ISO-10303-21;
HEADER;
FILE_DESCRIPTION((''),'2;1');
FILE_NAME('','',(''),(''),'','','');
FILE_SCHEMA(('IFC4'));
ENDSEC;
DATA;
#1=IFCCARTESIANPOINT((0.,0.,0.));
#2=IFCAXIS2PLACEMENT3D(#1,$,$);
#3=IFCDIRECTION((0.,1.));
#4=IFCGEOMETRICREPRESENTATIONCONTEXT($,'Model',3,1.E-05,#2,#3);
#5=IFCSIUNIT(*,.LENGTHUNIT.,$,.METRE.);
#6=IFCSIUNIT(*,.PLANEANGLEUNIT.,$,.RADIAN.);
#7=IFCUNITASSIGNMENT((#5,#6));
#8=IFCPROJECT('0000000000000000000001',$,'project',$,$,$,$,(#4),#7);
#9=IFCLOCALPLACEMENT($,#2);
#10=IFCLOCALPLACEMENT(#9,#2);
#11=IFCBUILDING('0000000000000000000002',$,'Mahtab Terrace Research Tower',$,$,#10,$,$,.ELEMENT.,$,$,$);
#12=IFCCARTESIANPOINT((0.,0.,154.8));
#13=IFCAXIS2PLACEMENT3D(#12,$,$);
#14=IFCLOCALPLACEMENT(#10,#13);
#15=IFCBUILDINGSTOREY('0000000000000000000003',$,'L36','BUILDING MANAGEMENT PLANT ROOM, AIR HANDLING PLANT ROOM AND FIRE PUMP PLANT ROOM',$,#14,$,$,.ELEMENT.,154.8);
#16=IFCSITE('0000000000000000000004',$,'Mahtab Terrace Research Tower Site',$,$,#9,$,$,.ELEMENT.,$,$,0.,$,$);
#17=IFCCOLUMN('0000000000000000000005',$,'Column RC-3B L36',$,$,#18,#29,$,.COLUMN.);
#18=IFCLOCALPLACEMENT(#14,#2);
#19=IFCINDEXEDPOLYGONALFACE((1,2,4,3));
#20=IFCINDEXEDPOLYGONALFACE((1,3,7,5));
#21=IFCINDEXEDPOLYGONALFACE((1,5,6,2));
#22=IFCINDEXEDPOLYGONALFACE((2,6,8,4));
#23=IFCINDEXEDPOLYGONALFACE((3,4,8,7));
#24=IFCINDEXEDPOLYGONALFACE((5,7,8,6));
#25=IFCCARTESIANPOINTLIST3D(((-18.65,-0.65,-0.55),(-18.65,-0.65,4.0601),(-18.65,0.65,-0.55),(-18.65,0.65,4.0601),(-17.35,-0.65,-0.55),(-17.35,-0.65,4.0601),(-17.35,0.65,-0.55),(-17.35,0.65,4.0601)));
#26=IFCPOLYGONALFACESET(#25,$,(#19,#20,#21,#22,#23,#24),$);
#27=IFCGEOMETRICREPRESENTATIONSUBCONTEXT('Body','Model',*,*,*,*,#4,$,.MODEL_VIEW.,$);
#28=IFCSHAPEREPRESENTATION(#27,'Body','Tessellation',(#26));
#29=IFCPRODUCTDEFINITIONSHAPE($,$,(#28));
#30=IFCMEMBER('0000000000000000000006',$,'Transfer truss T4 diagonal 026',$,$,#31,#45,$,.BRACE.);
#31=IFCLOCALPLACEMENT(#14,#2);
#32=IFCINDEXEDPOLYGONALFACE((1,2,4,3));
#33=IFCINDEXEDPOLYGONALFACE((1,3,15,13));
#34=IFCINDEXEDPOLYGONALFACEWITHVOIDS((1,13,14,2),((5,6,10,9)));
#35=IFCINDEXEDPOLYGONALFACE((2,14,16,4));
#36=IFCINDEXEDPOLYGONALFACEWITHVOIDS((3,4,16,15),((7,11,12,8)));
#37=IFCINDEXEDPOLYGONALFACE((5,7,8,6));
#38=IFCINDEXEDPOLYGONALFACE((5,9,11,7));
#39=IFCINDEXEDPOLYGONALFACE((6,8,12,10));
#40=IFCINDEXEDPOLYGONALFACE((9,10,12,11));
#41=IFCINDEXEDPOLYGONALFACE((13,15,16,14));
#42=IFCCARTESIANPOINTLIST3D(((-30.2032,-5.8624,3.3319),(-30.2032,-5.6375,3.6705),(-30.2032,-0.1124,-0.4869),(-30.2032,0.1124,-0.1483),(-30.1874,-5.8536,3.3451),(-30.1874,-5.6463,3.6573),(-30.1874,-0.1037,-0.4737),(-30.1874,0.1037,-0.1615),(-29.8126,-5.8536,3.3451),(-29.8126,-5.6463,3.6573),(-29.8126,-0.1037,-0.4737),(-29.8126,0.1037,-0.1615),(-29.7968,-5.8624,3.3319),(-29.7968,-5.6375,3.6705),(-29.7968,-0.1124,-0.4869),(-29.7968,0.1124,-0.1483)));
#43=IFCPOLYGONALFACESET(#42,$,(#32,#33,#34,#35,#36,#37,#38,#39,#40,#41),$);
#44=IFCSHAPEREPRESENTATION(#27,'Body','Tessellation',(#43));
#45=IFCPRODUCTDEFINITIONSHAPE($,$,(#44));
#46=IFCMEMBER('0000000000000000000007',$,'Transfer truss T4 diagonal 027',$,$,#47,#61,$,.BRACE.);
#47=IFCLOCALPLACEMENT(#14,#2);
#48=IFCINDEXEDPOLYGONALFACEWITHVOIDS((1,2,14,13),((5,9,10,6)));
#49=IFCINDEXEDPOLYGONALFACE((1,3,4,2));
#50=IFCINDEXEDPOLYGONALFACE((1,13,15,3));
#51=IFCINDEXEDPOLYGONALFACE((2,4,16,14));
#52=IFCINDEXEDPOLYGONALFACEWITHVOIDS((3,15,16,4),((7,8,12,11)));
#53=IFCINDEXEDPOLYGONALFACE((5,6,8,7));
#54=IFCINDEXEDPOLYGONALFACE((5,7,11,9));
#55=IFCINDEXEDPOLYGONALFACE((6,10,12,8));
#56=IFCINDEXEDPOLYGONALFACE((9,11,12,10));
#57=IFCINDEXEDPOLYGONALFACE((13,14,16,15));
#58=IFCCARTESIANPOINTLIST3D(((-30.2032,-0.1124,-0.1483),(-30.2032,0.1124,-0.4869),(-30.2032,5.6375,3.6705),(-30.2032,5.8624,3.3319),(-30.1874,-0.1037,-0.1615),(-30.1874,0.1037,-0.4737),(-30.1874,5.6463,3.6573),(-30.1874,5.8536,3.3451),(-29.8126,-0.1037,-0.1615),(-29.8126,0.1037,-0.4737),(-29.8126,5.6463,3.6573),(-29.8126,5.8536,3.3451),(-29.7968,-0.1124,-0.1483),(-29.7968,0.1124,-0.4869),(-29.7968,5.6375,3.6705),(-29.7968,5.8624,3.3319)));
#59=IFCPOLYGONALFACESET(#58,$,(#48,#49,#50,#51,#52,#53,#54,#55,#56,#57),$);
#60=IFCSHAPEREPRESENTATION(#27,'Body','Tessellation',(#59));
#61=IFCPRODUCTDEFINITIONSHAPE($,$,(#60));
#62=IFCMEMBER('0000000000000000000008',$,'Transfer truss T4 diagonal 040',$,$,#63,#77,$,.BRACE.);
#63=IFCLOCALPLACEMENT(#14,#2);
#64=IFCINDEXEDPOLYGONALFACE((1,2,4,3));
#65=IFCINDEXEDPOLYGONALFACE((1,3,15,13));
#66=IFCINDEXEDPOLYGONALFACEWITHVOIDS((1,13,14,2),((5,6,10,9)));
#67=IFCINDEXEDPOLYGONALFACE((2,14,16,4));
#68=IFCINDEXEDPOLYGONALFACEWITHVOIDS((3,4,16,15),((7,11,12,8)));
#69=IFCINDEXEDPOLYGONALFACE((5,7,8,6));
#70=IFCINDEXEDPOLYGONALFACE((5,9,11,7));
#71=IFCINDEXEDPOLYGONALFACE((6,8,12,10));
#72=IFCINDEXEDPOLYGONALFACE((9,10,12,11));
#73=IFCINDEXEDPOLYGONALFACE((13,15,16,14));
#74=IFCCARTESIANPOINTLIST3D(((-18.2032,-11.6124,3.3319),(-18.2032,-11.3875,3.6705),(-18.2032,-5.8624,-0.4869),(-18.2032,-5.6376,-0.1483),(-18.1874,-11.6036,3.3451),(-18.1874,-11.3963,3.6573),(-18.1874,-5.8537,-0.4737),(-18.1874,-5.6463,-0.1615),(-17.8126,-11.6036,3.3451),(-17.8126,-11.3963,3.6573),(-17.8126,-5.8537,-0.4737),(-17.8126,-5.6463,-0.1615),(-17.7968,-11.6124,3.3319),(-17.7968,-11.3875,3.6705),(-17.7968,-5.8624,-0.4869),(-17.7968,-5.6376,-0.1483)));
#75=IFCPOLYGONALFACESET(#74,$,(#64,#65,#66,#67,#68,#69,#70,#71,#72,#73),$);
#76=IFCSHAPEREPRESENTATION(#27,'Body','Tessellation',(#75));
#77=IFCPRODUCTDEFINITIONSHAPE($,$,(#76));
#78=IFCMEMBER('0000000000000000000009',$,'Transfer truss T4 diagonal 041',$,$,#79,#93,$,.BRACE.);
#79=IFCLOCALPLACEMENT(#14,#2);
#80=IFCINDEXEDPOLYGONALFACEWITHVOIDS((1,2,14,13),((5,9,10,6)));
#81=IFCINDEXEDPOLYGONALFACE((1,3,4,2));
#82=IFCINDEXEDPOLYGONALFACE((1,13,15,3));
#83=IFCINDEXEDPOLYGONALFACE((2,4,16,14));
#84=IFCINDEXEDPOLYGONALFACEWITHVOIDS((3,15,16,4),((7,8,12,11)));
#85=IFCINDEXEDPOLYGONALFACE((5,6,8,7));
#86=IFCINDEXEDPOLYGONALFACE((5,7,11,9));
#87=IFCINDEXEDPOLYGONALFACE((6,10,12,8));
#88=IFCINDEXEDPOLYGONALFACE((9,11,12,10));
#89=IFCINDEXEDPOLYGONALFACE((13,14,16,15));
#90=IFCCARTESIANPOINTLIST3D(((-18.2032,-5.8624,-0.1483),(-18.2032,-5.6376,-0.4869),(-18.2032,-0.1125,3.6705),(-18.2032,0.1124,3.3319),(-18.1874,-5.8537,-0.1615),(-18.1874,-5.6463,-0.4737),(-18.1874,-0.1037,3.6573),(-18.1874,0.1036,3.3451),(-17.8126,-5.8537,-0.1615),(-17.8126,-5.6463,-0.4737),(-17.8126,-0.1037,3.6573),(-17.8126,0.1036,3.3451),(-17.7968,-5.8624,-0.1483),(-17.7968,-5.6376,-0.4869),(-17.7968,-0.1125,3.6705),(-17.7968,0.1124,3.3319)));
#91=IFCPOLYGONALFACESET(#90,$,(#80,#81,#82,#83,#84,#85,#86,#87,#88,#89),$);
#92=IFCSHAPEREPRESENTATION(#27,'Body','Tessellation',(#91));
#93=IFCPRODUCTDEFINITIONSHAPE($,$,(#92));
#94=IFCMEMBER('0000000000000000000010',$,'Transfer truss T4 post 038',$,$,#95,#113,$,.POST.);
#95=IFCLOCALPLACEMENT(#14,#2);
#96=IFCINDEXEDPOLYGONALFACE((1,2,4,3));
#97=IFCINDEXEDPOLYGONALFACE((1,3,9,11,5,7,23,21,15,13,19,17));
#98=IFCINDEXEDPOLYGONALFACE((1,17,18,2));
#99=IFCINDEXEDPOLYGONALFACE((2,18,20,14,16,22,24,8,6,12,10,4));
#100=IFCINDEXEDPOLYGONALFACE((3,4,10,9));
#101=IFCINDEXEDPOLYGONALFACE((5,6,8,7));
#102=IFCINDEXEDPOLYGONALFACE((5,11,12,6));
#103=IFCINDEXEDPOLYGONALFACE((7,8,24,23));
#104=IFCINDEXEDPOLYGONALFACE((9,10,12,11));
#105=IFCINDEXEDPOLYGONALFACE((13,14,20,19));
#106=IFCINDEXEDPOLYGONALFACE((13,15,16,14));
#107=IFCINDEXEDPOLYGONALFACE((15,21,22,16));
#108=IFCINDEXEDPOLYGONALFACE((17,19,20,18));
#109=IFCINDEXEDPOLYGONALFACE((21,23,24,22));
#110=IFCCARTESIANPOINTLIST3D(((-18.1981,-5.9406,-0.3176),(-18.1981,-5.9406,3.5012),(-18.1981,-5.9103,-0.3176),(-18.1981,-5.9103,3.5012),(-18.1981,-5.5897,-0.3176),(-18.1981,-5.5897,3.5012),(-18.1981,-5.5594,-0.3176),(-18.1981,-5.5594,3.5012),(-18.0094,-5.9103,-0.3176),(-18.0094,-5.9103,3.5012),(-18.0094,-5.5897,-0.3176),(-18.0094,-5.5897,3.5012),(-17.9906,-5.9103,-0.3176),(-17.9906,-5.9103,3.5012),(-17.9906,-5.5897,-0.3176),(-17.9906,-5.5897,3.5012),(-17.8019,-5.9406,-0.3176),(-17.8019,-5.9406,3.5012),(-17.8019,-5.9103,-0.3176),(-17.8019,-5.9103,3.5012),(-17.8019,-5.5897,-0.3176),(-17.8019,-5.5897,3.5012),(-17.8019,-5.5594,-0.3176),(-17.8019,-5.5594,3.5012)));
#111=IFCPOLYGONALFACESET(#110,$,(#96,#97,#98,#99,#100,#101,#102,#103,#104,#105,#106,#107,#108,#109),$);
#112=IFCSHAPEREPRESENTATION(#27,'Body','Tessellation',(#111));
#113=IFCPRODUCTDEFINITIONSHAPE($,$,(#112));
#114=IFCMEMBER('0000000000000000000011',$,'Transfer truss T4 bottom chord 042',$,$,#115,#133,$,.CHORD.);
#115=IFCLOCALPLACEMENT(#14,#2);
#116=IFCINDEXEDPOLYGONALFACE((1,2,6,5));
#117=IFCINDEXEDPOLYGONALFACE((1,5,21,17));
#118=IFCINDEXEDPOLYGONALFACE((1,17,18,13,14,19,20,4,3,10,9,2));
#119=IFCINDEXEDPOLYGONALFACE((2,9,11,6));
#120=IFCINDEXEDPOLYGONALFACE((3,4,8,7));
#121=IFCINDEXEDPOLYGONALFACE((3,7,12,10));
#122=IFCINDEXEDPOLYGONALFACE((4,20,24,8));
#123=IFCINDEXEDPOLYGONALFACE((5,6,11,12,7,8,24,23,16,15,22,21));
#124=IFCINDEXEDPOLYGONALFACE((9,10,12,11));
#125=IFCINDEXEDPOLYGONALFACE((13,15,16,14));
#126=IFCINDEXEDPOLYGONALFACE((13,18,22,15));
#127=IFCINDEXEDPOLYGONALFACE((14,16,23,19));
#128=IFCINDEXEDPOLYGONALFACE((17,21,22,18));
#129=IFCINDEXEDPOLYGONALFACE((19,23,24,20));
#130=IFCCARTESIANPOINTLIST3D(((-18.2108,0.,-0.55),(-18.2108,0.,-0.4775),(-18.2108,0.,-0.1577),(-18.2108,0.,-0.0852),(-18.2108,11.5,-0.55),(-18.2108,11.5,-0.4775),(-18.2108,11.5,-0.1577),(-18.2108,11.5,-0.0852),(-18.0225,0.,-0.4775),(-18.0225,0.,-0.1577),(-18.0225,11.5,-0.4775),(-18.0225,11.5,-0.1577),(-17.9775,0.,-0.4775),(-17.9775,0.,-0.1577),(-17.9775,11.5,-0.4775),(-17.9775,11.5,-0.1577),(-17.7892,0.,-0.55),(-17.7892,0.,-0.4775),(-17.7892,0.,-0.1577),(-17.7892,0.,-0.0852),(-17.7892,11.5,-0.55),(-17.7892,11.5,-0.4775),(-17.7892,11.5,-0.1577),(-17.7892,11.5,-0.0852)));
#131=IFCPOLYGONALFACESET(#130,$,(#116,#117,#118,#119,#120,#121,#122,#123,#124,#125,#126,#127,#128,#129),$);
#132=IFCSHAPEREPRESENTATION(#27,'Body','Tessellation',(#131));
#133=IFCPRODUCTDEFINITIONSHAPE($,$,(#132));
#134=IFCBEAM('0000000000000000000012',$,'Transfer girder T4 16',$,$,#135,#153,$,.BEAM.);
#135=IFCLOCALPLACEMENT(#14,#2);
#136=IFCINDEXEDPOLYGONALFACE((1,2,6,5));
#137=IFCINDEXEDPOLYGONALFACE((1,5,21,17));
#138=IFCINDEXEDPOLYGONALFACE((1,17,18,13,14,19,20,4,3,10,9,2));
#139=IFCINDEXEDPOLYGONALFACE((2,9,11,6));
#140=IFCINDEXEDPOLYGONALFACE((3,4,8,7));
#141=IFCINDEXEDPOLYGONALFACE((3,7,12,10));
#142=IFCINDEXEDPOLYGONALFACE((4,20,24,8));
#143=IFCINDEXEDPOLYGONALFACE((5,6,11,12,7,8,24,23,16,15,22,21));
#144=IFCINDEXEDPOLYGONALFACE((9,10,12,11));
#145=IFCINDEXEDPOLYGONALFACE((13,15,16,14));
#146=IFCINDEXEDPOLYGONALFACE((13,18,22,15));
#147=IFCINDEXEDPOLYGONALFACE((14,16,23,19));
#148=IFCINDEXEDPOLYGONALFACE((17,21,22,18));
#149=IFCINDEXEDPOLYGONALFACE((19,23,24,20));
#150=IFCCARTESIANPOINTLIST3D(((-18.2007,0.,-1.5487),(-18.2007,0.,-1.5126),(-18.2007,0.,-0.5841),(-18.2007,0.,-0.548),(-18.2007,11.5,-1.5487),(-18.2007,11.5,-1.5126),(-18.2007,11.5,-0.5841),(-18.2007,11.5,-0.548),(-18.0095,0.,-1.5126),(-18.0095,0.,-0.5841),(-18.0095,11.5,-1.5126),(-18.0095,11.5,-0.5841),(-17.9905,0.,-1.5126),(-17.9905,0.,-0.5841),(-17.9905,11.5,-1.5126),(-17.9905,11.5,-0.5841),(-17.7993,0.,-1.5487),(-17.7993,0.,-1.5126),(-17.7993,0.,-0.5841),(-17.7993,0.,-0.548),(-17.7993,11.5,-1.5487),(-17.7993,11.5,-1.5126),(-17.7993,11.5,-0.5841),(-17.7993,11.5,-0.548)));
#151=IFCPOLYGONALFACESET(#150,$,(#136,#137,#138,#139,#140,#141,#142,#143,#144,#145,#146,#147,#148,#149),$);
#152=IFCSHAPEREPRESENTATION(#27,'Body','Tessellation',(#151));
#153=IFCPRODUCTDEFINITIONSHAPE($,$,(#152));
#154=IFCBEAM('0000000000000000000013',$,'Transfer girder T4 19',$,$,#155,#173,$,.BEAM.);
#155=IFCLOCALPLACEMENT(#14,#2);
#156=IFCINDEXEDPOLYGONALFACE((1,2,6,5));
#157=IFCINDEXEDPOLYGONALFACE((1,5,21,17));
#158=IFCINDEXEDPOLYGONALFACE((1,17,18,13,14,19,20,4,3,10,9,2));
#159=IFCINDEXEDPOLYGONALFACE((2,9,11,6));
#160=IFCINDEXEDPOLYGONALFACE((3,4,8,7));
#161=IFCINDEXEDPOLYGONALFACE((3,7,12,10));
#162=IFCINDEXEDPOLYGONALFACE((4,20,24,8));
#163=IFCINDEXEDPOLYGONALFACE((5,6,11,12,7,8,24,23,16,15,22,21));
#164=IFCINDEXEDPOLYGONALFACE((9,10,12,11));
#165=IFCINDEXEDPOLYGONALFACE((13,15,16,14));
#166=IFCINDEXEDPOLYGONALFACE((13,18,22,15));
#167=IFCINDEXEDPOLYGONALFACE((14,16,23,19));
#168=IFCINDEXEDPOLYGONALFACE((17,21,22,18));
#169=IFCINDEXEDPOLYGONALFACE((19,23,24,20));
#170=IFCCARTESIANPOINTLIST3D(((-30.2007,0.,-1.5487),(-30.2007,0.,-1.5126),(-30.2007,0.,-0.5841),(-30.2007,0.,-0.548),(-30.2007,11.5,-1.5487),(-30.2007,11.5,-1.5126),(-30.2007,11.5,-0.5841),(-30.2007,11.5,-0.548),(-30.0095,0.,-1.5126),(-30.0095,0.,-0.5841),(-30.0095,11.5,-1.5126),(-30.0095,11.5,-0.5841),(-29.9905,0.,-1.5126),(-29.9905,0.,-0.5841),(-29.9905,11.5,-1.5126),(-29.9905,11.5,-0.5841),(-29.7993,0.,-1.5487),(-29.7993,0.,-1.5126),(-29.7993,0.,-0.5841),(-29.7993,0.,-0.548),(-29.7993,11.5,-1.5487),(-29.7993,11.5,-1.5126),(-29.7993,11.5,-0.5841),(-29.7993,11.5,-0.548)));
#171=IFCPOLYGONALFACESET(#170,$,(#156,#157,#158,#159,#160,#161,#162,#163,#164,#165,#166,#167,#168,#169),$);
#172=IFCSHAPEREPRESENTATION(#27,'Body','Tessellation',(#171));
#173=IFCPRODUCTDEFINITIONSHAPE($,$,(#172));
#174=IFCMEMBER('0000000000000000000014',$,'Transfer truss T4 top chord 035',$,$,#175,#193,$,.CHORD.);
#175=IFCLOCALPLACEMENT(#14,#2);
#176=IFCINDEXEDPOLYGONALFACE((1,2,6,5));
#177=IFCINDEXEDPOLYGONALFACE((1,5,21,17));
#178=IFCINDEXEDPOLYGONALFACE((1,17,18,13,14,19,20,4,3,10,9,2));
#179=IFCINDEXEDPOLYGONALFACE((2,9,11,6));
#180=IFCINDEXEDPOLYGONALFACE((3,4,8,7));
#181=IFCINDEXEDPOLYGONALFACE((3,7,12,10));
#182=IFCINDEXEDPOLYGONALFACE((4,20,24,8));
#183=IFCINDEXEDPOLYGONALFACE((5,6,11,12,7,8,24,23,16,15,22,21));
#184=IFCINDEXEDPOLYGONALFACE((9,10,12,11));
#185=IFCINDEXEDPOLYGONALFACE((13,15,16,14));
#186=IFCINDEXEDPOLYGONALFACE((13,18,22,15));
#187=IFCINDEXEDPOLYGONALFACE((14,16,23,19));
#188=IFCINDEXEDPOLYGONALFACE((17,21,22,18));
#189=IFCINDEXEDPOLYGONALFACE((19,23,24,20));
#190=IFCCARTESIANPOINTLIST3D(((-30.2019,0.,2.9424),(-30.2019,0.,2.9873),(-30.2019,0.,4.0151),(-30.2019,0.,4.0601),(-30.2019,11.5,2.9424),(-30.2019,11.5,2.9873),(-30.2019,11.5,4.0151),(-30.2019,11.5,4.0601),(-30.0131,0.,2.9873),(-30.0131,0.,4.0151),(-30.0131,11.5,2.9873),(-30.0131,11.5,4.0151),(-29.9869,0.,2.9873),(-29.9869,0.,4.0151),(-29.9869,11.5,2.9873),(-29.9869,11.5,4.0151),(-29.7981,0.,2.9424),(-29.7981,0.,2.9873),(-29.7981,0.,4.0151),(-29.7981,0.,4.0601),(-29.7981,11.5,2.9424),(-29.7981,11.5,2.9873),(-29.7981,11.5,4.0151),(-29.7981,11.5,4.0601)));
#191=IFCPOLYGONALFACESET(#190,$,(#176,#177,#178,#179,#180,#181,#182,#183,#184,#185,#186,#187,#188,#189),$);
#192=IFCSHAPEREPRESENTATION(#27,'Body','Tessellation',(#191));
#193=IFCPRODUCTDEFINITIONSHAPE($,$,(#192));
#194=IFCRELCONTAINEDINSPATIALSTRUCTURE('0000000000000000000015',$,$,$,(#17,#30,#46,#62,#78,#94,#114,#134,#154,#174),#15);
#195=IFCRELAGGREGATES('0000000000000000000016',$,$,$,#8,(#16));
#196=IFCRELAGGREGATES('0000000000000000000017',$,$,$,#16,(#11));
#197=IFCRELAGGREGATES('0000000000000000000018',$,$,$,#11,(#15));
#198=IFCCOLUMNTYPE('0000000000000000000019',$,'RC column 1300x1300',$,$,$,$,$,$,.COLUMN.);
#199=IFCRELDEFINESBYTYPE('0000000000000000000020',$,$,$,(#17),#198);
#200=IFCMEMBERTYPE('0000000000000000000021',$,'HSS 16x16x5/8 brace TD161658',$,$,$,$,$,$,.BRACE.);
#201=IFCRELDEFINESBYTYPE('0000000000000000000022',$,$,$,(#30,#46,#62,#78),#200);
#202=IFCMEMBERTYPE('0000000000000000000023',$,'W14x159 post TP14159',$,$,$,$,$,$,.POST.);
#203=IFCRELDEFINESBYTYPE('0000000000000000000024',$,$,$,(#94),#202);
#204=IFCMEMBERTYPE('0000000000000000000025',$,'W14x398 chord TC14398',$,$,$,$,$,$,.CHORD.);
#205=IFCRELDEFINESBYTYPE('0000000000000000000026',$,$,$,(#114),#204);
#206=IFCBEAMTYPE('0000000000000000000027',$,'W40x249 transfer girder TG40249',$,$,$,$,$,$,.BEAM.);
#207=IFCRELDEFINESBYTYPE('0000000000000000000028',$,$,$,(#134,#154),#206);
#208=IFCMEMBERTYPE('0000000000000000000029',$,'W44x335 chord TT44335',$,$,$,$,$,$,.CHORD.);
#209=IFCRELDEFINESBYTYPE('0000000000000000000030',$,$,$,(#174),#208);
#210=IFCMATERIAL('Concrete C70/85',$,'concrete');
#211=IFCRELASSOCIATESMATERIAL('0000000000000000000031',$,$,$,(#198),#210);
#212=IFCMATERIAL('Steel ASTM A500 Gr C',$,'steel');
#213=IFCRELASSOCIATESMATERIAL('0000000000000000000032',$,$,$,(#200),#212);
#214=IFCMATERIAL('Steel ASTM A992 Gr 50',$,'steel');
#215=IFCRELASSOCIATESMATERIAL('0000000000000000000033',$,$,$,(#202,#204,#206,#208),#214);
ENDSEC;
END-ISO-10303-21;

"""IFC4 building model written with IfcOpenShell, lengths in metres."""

from ifc_helpers import new_model, si_unit, direction, frame, origin, origin_2d, place, context, subcontext, project, spatial, rectangle, hollow_rectangle, i_section, extrude, material, material_profile, profile_set, type_object, element, save


model = new_model("IFC4")

# Units and contexts
model_context = context("Model", 3, precision=1e-05, world=origin(), true_north=direction((0.0, 1.0)))
body_context = subcontext(model_context, "Body", "Model", "MODEL_VIEW")
ifc_project = project(units=[si_unit("LENGTHUNIT", "METRE"), si_unit("PLANEANGLEUNIT", "RADIAN")], contexts=[model_context])

# Site, building, storey
site_placement = place(None, origin())
site = spatial("IfcSite", under=ifc_project, at=site_placement, Name="Mahtab Terrace Research Tower Site", CompositionType="ELEMENT", RefElevation=0.0)
building_placement = place(site_placement, origin())
building = spatial("IfcBuilding", under=site, at=building_placement, Name="Mahtab Terrace Research Tower", CompositionType="ELEMENT")
storey_placement = place(building_placement, frame((0.0, 0.0, 154.8)))
storey = spatial("IfcBuildingStorey", under=building, at=storey_placement, Name="L36", Description="BUILDING MANAGEMENT PLANT ROOM, AIR HANDLING PLANT ROOM AND FIRE PUMP PLANT ROOM", CompositionType="ELEMENT", Elevation=154.8)

# Column
ifc_material_1 = material(Name="Concrete C70/85", Category="concrete")
ifc_material_profile_1 = material_profile(ifc_material_1, rectangle(XDim=1.3, YDim=1.3, at=origin_2d()), Name="RC column 1300x1300")
ifc_profile_set_1 = profile_set([ifc_material_profile_1], Name="Concrete C70/85")
column_type = type_object("IfcColumnType", Name="RC column 1300x1300", PredefinedType="COLUMN", material=ifc_profile_set_1)
column_placement = place(storey_placement, frame((-18.0, 0.0, -0.55), z_axis=(0.0, 0.0, 1.0), x_axis=(1.0, 0.0, 0.0)))
element("IfcColumn", 1, at=column_placement, inside=storey, type_object=column_type, Name="Column RC-3B L36", PredefinedType="COLUMN", context=body_context, shape_type="SweptSolid", body=[
    extrude(rectangle(XDim=1.3, YDim=1.3, at=origin_2d()), origin(), (0.0, 0.0, 1.0), 4.6101),
])

# Members
ifc_material_2 = material(Name="Steel ASTM A500 Gr C", Category="steel")
ifc_material_profile_2 = material_profile(ifc_material_2, hollow_rectangle(XDim=0.4065, YDim=0.4065, WallThickness=0.0159, at=origin_2d()), Name="HSS16X16X5/8")
ifc_profile_set_2 = profile_set([ifc_material_profile_2], Name="Steel ASTM A500 Gr C")
member_type_1 = type_object("IfcMemberType", Name="HSS 16x16x5/8 brace TD161658", PredefinedType="BRACE", material=ifc_profile_set_2)
for number, where, z_axis, x_axis, name in (
    (2, (-30.0, 0.0, -0.3176), (0.0, -0.833018, 0.553246), (1.0, 0.0, 0.0), "Transfer truss T4 diagonal 026"),
    (3, (-30.0, 0.0, -0.3176), (0.0, 0.833018, 0.553246), (-1.0, 0.0, 0.0), "Transfer truss T4 diagonal 027"),
    (4, (-18.0, -5.75, -0.3176), (0.0, -0.833018, 0.553246), (1.0, 0.0, 0.0), "Transfer truss T4 diagonal 040"),
    (5, (-18.0, -5.75, -0.3176), (0.0, 0.833018, 0.553246), (-1.0, 0.0, 0.0), "Transfer truss T4 diagonal 041"),
):
    element("IfcMember", number, at=place(storey_placement, frame(where, z_axis=z_axis, x_axis=x_axis)), inside=storey, type_object=member_type_1, Name=name, PredefinedType="BRACE", context=body_context, shape_type="SweptSolid", body=[
        extrude(hollow_rectangle(XDim=0.4065, YDim=0.4065, WallThickness=0.0159, at=origin_2d()), origin(), (0.0, 0.0, 1.0), 6.9026),
    ])
ifc_material_3 = material(Name="Steel ASTM A992 Gr 50", Category="steel")
ifc_material_profile_3 = material_profile(ifc_material_3, i_section(OverallWidth=0.3962, OverallDepth=0.3811, WebThickness=0.0188, FlangeThickness=0.0303, at=origin_2d()), Name="W14X159")
ifc_profile_set_3 = profile_set([ifc_material_profile_3], Name="Steel ASTM A992 Gr 50")
member_type_2 = type_object("IfcMemberType", Name="W14x159 post TP14159", PredefinedType="POST", material=ifc_profile_set_3)
member_1_placement = place(storey_placement, frame((-18.0, -5.75, -0.3176), z_axis=(0.0, 0.0, 1.0), x_axis=(1.0, 0.0, 0.0)))
element("IfcMember", 6, at=member_1_placement, inside=storey, type_object=member_type_2, Name="Transfer truss T4 post 038", PredefinedType="POST", context=body_context, shape_type="SweptSolid", body=[
    extrude(i_section(OverallWidth=0.3962, OverallDepth=0.3811, WebThickness=0.0188, FlangeThickness=0.0303, at=origin_2d()), origin(), (0.0, 0.0, 1.0), 3.8188),
])
ifc_material_profile_4 = material_profile(ifc_material_3, i_section(OverallWidth=0.4216, OverallDepth=0.4648, WebThickness=0.0449, FlangeThickness=0.0725, at=origin_2d()), Name="W14X398")
ifc_profile_set_4 = profile_set([ifc_material_profile_4], Name="Steel ASTM A992 Gr 50")
member_type_3 = type_object("IfcMemberType", Name="W14x398 chord TC14398", PredefinedType="CHORD", material=ifc_profile_set_4)
member_2_placement = place(storey_placement, frame((-18.0, 0.0, -0.3176), z_axis=(0.0, 1.0, 0.0), x_axis=(-1.0, 0.0, 0.0)))
element("IfcMember", 7, at=member_2_placement, inside=storey, type_object=member_type_3, Name="Transfer truss T4 bottom chord 042", PredefinedType="CHORD", context=body_context, shape_type="SweptSolid", body=[
    extrude(i_section(OverallWidth=0.4216, OverallDepth=0.4648, WebThickness=0.0449, FlangeThickness=0.0725, at=origin_2d()), origin(), (0.0, 0.0, 1.0), 11.5),
])

# Beams
ifc_material_profile_5 = material_profile(ifc_material_3, i_section(OverallWidth=0.4014, OverallDepth=1.0007, WebThickness=0.019, FlangeThickness=0.0361, at=origin_2d()), Name="W40X249")
ifc_profile_set_5 = profile_set([ifc_material_profile_5], Name="Steel ASTM A992 Gr 50")
beam_type = type_object("IfcBeamType", Name="W40x249 transfer girder TG40249", PredefinedType="BEAM", material=ifc_profile_set_5)
for number, where, z_axis, x_axis, name in (
    (8, (-18.0, 0.0, -1.0483), (0.0, 1.0, 0.0), (-1.0, 0.0, 0.0), "Transfer girder T4 16"),
    (9, (-30.0, 0.0, -1.0483), (0.0, 1.0, 0.0), (-1.0, 0.0, 0.0), "Transfer girder T4 19"),
):
    element("IfcBeam", number, at=place(storey_placement, frame(where, z_axis=z_axis, x_axis=x_axis)), inside=storey, type_object=beam_type, Name=name, PredefinedType="BEAM", context=body_context, shape_type="SweptSolid", body=[
        extrude(i_section(OverallWidth=0.4014, OverallDepth=1.0007, WebThickness=0.019, FlangeThickness=0.0361, at=origin_2d()), origin(), (0.0, 0.0, 1.0), 11.5),
    ])

# Member
ifc_material_profile_6 = material_profile(ifc_material_3, i_section(OverallWidth=0.4038, OverallDepth=1.1177, WebThickness=0.0261, FlangeThickness=0.0449, at=origin_2d()), Name="W44X335")
ifc_profile_set_6 = profile_set([ifc_material_profile_6], Name="Steel ASTM A992 Gr 50")
member_type_4 = type_object("IfcMemberType", Name="W44x335 chord TT44335", PredefinedType="CHORD", material=ifc_profile_set_6)
for number, where, z_axis, x_axis, name in (
    (10, (-30.0, 0.0, 3.5012), (0.0, 1.0, 0.0), (-1.0, 0.0, 0.0), "Transfer truss T4 top chord 035"),
):
    element("IfcMember", number, at=place(storey_placement, frame(where, z_axis=z_axis, x_axis=x_axis)), inside=storey, type_object=member_type_4, Name=name, PredefinedType="CHORD", context=body_context, shape_type="SweptSolid", body=[
        extrude(i_section(OverallWidth=0.4038, OverallDepth=1.1177, WebThickness=0.0261, FlangeThickness=0.0449, at=origin_2d()), origin(), (0.0, 0.0, 1.0), 11.5),
    ])

save(model, "model.ifc")
